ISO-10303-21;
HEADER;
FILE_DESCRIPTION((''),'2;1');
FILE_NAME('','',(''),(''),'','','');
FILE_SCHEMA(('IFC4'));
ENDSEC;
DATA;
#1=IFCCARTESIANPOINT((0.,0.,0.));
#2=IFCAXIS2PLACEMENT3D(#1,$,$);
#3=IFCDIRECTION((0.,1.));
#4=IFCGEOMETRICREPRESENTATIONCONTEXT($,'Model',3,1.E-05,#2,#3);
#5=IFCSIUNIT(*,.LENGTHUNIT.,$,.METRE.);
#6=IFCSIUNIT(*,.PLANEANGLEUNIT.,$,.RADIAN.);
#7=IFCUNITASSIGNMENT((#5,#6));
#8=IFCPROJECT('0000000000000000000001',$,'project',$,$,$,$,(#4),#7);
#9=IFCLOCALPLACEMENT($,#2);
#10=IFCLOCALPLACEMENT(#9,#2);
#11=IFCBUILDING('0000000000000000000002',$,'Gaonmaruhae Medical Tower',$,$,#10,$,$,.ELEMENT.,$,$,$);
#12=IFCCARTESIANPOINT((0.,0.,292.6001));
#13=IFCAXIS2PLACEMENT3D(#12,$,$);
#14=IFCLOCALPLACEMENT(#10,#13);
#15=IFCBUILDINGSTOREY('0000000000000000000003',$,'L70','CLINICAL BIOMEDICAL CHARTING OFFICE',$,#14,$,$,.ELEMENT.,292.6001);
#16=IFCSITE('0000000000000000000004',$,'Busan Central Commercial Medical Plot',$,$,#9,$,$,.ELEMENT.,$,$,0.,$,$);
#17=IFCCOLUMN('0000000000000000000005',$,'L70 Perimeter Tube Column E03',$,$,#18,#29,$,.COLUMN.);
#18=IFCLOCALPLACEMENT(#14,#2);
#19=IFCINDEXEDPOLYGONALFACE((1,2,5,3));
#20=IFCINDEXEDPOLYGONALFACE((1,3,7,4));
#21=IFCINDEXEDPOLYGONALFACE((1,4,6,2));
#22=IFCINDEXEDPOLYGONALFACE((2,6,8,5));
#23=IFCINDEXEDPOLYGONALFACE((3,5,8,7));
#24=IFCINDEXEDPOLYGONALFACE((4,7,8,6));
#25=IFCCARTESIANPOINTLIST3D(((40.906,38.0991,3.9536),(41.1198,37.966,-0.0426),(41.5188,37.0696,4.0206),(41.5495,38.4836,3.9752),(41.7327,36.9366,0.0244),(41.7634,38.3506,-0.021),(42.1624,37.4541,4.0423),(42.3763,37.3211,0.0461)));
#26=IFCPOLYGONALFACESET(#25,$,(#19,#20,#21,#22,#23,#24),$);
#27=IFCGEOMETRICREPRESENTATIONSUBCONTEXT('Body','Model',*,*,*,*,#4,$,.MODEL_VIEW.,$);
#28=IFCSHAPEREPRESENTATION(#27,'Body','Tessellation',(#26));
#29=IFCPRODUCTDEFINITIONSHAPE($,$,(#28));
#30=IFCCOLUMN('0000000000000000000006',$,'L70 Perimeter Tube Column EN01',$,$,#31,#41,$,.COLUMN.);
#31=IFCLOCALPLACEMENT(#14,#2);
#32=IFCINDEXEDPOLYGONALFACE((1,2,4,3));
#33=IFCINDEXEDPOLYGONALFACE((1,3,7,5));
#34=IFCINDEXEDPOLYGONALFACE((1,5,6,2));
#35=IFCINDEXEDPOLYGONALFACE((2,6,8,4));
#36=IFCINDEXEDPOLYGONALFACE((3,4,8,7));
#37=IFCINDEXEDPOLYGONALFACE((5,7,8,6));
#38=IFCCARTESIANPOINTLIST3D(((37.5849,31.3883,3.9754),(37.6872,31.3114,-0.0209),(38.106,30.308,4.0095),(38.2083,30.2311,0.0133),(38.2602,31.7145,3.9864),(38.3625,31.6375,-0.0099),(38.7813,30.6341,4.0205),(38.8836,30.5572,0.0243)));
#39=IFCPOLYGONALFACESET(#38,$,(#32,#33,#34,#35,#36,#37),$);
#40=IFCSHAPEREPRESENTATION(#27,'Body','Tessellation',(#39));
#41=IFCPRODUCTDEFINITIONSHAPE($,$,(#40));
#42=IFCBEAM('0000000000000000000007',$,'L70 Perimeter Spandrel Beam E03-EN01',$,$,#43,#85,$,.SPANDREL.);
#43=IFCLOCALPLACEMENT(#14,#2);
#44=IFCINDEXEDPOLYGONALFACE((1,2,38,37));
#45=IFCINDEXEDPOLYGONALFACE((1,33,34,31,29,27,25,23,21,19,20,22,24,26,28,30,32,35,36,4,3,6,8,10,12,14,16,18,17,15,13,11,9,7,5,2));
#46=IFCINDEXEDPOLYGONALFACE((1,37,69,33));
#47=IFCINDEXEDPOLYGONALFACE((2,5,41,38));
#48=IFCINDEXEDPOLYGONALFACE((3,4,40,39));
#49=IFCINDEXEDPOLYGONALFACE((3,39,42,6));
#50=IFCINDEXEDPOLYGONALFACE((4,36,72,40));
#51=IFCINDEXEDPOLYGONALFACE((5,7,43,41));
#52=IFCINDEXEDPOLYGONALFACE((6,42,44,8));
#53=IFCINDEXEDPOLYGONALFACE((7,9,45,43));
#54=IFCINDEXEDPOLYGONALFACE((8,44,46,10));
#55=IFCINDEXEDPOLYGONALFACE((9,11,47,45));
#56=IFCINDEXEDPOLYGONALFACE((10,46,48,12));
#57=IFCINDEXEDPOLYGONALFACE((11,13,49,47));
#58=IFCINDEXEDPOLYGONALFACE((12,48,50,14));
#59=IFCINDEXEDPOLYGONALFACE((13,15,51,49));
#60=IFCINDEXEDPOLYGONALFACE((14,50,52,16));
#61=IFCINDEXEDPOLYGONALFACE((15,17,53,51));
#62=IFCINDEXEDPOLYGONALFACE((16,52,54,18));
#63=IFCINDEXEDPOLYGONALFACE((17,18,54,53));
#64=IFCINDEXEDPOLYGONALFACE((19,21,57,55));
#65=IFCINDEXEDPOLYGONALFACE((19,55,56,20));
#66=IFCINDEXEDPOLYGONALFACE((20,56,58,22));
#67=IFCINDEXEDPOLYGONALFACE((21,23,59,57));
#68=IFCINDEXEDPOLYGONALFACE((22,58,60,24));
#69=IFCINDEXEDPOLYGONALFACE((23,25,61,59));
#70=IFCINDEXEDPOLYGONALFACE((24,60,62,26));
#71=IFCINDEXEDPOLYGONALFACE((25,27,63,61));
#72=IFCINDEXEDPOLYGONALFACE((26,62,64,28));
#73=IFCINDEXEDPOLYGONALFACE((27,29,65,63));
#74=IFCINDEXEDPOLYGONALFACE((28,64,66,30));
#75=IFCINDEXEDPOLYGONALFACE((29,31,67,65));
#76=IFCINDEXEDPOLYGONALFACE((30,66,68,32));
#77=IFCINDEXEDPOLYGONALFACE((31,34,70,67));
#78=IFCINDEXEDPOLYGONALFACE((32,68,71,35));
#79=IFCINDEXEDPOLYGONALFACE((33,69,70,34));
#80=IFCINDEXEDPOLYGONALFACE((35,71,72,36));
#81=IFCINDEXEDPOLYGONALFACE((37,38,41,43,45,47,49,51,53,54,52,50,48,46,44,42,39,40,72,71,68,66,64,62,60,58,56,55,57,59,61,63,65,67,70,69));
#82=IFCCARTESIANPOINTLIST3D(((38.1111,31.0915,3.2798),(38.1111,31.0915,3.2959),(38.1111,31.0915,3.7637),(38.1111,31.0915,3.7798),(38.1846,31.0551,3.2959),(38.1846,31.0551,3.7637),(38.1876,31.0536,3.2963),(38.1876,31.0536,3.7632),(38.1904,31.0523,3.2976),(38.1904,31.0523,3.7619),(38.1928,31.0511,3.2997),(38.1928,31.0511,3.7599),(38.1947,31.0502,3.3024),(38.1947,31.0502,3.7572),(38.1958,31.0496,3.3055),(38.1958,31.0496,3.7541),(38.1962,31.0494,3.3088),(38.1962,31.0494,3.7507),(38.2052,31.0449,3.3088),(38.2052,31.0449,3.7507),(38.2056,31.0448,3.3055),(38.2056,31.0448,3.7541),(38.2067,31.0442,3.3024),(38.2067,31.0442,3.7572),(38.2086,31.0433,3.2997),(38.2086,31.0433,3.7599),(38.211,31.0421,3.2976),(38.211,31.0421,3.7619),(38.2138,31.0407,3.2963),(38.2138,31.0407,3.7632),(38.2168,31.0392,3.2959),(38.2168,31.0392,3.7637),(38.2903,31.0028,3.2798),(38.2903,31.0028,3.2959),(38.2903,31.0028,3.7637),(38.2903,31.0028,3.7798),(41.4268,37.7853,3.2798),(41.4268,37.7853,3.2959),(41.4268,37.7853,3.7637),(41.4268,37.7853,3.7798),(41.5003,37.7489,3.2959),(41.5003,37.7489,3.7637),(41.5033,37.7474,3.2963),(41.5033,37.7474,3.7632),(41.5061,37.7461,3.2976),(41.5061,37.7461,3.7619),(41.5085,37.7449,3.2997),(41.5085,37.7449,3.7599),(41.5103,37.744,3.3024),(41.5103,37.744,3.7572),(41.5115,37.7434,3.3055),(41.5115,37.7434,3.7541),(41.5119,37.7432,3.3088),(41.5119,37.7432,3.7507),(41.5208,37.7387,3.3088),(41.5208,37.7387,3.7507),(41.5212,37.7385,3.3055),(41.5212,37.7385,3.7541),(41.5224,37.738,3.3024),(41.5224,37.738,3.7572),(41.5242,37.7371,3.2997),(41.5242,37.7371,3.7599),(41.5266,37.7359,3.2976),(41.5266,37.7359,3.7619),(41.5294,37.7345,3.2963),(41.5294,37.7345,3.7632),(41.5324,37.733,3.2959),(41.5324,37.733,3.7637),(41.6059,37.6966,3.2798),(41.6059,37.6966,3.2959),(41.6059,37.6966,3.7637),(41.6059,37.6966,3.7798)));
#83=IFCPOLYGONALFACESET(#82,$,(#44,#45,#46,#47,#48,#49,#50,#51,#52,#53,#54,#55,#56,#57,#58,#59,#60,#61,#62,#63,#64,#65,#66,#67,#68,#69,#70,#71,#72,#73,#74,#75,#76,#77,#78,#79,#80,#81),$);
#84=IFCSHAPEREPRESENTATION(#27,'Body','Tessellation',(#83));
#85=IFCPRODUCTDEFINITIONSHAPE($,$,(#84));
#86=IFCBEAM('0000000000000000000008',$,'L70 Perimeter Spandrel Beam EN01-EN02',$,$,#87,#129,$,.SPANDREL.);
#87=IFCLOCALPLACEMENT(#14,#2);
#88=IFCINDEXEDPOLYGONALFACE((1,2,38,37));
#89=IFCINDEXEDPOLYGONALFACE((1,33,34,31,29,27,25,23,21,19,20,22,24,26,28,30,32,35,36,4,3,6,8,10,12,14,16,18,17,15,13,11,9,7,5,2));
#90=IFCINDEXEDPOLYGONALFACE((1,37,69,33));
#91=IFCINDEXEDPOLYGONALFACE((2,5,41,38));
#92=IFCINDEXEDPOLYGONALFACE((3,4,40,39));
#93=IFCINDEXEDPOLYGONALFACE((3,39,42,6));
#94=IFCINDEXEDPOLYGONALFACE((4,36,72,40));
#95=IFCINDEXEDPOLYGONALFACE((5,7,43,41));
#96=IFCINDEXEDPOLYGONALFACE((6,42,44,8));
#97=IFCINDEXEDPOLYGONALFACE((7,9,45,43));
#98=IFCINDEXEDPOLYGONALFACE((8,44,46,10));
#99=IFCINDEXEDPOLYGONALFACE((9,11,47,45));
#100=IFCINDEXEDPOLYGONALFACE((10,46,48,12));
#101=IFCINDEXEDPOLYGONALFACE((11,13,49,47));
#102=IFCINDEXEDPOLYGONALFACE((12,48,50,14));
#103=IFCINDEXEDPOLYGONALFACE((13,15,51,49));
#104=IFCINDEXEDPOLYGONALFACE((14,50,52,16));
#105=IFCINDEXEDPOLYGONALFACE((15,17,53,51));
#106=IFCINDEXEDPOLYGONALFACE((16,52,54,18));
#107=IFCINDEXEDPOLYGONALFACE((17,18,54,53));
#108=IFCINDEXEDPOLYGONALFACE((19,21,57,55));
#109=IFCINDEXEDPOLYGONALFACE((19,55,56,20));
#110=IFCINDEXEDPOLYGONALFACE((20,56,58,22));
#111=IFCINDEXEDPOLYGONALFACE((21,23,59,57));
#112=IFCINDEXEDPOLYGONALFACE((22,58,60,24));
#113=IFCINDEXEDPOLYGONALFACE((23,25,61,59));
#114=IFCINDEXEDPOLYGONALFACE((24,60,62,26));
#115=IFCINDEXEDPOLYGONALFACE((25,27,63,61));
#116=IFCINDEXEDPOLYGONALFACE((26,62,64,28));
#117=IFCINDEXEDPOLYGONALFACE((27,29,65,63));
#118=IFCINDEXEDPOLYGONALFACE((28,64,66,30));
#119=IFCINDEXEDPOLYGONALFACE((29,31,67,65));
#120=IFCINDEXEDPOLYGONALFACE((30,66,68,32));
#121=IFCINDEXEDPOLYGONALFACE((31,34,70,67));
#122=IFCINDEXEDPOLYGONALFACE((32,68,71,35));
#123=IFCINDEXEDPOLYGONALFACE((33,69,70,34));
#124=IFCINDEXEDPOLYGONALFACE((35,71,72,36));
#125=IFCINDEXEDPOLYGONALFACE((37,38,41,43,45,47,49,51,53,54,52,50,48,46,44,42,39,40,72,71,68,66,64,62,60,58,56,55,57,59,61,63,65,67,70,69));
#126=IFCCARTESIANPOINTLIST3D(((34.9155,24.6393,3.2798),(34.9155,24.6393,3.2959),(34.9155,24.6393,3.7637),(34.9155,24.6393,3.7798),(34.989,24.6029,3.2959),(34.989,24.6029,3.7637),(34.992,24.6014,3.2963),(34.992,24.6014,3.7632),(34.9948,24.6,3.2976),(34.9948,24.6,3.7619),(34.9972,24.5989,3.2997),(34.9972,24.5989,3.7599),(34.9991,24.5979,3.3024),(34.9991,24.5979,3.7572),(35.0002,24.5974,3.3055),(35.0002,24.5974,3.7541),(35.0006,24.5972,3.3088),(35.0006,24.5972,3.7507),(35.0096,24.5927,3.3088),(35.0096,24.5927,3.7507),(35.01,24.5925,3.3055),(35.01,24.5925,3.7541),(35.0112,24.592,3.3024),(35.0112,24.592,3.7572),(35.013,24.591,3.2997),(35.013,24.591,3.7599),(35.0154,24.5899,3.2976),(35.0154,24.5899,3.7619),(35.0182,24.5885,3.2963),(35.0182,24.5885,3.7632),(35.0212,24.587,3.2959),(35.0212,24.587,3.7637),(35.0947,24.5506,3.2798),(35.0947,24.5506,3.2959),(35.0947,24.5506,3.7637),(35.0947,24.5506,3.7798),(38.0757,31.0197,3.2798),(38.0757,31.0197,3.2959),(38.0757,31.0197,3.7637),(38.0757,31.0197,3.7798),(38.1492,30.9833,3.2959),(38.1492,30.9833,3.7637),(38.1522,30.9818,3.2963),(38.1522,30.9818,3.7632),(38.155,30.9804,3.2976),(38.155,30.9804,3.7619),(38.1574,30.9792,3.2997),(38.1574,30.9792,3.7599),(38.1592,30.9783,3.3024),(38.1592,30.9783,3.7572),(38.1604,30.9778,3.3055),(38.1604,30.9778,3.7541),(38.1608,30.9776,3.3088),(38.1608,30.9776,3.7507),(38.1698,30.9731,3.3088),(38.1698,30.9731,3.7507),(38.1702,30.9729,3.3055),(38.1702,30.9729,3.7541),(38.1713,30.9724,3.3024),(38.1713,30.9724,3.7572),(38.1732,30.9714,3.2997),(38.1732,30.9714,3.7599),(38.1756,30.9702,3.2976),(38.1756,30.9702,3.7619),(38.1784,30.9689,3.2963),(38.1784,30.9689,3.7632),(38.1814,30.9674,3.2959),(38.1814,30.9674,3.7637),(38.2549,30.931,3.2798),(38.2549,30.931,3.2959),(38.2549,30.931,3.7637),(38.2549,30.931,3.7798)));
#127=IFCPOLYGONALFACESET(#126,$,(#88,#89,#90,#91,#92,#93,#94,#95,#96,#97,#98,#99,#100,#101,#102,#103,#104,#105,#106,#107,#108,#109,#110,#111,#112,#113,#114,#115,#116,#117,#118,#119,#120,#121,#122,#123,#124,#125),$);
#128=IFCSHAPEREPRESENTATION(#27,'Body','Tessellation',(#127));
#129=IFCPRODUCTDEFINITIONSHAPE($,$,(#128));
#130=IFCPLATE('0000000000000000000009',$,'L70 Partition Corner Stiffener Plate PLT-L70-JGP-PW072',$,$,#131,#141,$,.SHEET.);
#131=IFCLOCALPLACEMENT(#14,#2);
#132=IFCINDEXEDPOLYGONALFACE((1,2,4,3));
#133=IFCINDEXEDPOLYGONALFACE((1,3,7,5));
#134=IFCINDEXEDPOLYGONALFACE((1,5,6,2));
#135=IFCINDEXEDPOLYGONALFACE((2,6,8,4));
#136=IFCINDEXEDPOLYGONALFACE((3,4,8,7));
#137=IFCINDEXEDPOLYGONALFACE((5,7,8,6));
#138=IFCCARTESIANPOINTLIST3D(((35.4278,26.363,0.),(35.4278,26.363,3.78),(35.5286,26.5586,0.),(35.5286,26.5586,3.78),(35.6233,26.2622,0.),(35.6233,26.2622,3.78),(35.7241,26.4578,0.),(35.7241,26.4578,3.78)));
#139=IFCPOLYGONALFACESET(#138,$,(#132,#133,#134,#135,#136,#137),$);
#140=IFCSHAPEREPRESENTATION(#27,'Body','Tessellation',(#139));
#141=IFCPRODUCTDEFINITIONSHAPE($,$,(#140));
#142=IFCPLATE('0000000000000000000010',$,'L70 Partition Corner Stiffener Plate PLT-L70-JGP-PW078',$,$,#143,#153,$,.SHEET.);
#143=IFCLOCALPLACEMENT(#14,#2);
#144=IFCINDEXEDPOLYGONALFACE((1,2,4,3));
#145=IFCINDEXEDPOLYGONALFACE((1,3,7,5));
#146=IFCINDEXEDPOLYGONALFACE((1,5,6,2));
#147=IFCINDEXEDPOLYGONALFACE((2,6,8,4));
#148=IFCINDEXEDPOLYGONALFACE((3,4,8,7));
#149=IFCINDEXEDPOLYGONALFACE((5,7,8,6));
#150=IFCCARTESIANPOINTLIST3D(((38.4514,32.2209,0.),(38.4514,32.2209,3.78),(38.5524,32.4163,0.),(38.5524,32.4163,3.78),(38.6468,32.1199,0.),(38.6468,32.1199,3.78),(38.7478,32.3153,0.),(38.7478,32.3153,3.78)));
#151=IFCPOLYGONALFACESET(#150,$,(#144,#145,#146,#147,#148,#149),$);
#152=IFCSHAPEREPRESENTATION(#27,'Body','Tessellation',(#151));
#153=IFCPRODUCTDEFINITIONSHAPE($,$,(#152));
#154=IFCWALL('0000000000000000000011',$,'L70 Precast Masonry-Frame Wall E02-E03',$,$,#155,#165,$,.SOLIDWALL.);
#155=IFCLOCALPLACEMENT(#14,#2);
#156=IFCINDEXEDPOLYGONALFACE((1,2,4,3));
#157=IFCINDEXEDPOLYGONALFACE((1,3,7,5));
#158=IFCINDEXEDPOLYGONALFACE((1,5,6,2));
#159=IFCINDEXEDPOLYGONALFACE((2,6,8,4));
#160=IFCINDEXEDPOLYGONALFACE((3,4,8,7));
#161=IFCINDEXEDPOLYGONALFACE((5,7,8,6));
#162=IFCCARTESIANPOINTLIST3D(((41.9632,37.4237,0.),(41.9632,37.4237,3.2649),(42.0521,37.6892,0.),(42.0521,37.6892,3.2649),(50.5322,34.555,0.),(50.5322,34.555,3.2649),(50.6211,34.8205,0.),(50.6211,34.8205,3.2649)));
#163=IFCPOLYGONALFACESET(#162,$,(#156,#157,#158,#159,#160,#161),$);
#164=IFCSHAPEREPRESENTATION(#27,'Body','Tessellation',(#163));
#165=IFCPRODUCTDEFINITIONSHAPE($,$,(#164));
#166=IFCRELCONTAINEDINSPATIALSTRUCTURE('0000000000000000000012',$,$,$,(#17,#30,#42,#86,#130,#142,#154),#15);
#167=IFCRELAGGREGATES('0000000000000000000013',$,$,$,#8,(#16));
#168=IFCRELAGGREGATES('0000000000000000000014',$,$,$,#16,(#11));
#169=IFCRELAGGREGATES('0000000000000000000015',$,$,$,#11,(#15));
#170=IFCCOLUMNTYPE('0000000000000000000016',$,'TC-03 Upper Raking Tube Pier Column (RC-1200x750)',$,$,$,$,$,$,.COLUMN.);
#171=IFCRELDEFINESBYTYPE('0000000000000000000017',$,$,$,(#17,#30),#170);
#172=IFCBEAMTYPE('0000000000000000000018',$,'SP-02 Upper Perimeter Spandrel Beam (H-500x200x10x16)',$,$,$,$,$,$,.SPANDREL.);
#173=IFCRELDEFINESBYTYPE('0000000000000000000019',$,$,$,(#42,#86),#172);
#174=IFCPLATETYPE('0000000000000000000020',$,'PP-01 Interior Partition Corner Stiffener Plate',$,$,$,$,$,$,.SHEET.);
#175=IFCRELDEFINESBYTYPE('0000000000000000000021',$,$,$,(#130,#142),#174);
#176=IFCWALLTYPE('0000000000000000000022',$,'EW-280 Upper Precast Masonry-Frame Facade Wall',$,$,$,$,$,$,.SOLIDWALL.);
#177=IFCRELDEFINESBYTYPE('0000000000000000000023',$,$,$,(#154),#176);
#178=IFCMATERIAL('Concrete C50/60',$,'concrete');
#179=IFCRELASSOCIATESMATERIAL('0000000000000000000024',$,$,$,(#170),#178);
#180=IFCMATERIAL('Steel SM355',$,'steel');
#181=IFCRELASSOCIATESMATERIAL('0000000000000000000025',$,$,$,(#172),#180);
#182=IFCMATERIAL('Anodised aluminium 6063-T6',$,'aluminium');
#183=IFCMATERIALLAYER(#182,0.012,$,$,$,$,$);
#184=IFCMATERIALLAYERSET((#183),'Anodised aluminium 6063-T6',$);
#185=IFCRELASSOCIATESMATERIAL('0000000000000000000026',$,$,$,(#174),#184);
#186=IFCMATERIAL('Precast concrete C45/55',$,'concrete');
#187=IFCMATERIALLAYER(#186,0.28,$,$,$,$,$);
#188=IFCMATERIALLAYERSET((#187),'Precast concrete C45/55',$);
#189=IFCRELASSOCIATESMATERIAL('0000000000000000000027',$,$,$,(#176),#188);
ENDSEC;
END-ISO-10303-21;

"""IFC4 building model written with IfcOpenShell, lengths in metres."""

from ifc_helpers import new_model, si_unit, direction, frame, frame_2d, origin, origin_2d, place, context, subcontext, project, spatial, rectangle, i_section, extrude, material, layer, layer_set, material_profile, profile_set, type_object, element, save


model = new_model("IFC4")

# Units and contexts
model_context = context("Model", 3, precision=1e-05, world=origin(), true_north=direction((0.0, 1.0)))
body_context = subcontext(model_context, "Body", "Model", "MODEL_VIEW")
ifc_project = project(units=[si_unit("LENGTHUNIT", "METRE"), si_unit("PLANEANGLEUNIT", "RADIAN")], contexts=[model_context])

# Site, building, storey
site_placement = place(None, origin())
site = spatial("IfcSite", under=ifc_project, at=site_placement, Name="Busan Central Commercial Medical Plot", CompositionType="ELEMENT", RefElevation=0.0)
building_placement = place(site_placement, origin())
building = spatial("IfcBuilding", under=site, at=building_placement, Name="Gaonmaruhae Medical Tower", CompositionType="ELEMENT")
storey_placement = place(building_placement, frame((0.0, 0.0, 292.6001)))
storey = spatial("IfcBuildingStorey", under=building, at=storey_placement, Name="L70", Description="CLINICAL BIOMEDICAL CHARTING OFFICE", CompositionType="ELEMENT", Elevation=292.6001)

# Columns
ifc_material_1 = material(Name="Concrete C50/60", Category="concrete")
ifc_material_profile_1 = material_profile(ifc_material_1, rectangle(XDim=1.2, YDim=0.75, at=origin_2d()), Name="RC-1200x750")
ifc_profile_set_1 = profile_set([ifc_material_profile_1], Name="Concrete C50/60")
column_type = type_object("IfcColumnType", Name="TC-03 Upper Raking Tube Pier Column (RC-1200x750)", PredefinedType="COLUMN", material=ifc_profile_set_1)
column_1_placement = place(storey_placement, frame((41.748, 37.6436, 0.0017), z_axis=(-0.05341, 0.033229, 0.99802), x_axis=(0.510734, -0.85792, 0.055896)))
element("IfcColumn", 1, at=column_1_placement, inside=storey, type_object=column_type, Name="L70 Perimeter Tube Column E03", PredefinedType="COLUMN", context=body_context, shape_type="SweptSolid", body=[
    extrude(rectangle(XDim=1.2, YDim=0.75, at=origin_2d()), origin(), (0.0, 0.0, 1.0), 4.0042),
])
column_2_placement = place(storey_placement, frame((38.2854, 30.9343, 0.0017), z_axis=(-0.025584, 0.019234, 0.999488), x_axis=(0.43431, -0.900315, 0.028442)))
element("IfcColumn", 2, at=column_2_placement, inside=storey, type_object=column_type, Name="L70 Perimeter Tube Column EN01", PredefinedType="COLUMN", context=body_context, shape_type="SweptSolid", body=[
    extrude(rectangle(XDim=1.2, YDim=0.75, at=origin_2d()), origin(), (0.0, 0.0, 1.0), 3.9983),
])

# Beams
ifc_material_2 = material(Name="Steel SM355", Category="steel")
ifc_material_profile_2 = material_profile(ifc_material_2, i_section(OverallWidth=0.2, OverallDepth=0.5, WebThickness=0.01, FlangeThickness=0.0161, FilletRadius=0.0129, at=origin_2d()), Name="H-500x200x10x16")
ifc_profile_set_2 = profile_set([ifc_material_profile_2], Name="Steel SM355")
beam_type = type_object("IfcBeamType", Name="SP-02 Upper Perimeter Spandrel Beam (H-500x200x10x16)", PredefinedType="SPANDREL", material=ifc_profile_set_2)
beam_1_placement = place(storey_placement, frame((41.5164, 37.741, 3.5298), z_axis=(-0.443864, -0.896094, 0.0), x_axis=(0.896094, -0.443864, 0.0)))
element("IfcBeam", 3, at=beam_1_placement, inside=storey, type_object=beam_type, Name="L70 Perimeter Spandrel Beam E03-EN01", PredefinedType="SPANDREL", context=body_context, shape_type="SweptSolid", body=[
    extrude(i_section(OverallWidth=0.2, OverallDepth=0.5, WebThickness=0.01, FlangeThickness=0.0161, FilletRadius=0.0129, at=origin_2d()), origin(), (0.0, 0.0, 1.0), 7.47),
])
beam_2_placement = place(storey_placement, frame((38.1653, 30.9753, 3.5298), z_axis=(-0.443836, -0.896108, 0.0), x_axis=(0.896108, -0.443836, 0.0)))
element("IfcBeam", 4, at=beam_2_placement, inside=storey, type_object=beam_type, Name="L70 Perimeter Spandrel Beam EN01-EN02", PredefinedType="SPANDREL", context=body_context, shape_type="SweptSolid", body=[
    extrude(i_section(OverallWidth=0.2, OverallDepth=0.5, WebThickness=0.01, FlangeThickness=0.0161, FilletRadius=0.0129, at=origin_2d()), origin(), (0.0, 0.0, 1.0), 7.1201),
])

# Plates
ifc_material_3 = material(Name="Anodised aluminium 6063-T6", Category="aluminium")
ifc_layer_1 = layer(ifc_material_3, 0.012)
ifc_layer_set_1 = layer_set([ifc_layer_1], Name="Anodised aluminium 6063-T6")
plate_type = type_object("IfcPlateType", Name="PP-01 Interior Partition Corner Stiffener Plate", PredefinedType="SHEET", material=ifc_layer_set_1)
for number, where, z_axis, x_axis, name in (
    (5, (35.5759, 26.4104, 0.0), (0.0, 0.0, 1.0), (0.888833, -0.458231, 0.0), "L70 Partition Corner Stiffener Plate PLT-L70-JGP-PW072"),
    (6, (38.5996, 32.2681, 0.0), (0.0, 0.0, 1.0), (0.888377, -0.459115, 0.0), "L70 Partition Corner Stiffener Plate PLT-L70-JGP-PW078"),
):
    element("IfcPlate", number, at=place(storey_placement, frame(where, z_axis=z_axis, x_axis=x_axis)), inside=storey, type_object=plate_type, Name=name, PredefinedType="SHEET", context=body_context, shape_type="SweptSolid", body=[
        extrude(rectangle(XDim=0.22, YDim=0.22, at=origin_2d()), origin(), (0.0, 0.0, 1.0), 3.78),
    ])

# Wall
ifc_material_4 = material(Name="Precast concrete C45/55", Category="concrete")
ifc_layer_2 = layer(ifc_material_4, 0.28)
ifc_layer_set_2 = layer_set([ifc_layer_2], Name="Precast concrete C45/55")
wall_type_1 = type_object("IfcWallType", Name="EW-280 Upper Precast Masonry-Frame Facade Wall", PredefinedType="SOLIDWALL", material=ifc_layer_set_2)
wall_1_placement = place(storey_placement, frame((42.0078, 37.5564, 0.0), z_axis=(0.0, 0.0, 1.0), x_axis=(0.948272, -0.31746, 0.0)))
element("IfcWall", 7, at=wall_1_placement, inside=storey, type_object=wall_type_1, Name="L70 Precast Masonry-Frame Wall E02-E03", PredefinedType="SOLIDWALL", context=body_context, shape_type="SweptSolid", body=[
    extrude(rectangle(XDim=9.0364, YDim=0.28, at=frame_2d((4.5181, 0.0))), origin(), (0.0, 0.0, 1.0), 3.2649),
])

save(model, "model.ifc")
